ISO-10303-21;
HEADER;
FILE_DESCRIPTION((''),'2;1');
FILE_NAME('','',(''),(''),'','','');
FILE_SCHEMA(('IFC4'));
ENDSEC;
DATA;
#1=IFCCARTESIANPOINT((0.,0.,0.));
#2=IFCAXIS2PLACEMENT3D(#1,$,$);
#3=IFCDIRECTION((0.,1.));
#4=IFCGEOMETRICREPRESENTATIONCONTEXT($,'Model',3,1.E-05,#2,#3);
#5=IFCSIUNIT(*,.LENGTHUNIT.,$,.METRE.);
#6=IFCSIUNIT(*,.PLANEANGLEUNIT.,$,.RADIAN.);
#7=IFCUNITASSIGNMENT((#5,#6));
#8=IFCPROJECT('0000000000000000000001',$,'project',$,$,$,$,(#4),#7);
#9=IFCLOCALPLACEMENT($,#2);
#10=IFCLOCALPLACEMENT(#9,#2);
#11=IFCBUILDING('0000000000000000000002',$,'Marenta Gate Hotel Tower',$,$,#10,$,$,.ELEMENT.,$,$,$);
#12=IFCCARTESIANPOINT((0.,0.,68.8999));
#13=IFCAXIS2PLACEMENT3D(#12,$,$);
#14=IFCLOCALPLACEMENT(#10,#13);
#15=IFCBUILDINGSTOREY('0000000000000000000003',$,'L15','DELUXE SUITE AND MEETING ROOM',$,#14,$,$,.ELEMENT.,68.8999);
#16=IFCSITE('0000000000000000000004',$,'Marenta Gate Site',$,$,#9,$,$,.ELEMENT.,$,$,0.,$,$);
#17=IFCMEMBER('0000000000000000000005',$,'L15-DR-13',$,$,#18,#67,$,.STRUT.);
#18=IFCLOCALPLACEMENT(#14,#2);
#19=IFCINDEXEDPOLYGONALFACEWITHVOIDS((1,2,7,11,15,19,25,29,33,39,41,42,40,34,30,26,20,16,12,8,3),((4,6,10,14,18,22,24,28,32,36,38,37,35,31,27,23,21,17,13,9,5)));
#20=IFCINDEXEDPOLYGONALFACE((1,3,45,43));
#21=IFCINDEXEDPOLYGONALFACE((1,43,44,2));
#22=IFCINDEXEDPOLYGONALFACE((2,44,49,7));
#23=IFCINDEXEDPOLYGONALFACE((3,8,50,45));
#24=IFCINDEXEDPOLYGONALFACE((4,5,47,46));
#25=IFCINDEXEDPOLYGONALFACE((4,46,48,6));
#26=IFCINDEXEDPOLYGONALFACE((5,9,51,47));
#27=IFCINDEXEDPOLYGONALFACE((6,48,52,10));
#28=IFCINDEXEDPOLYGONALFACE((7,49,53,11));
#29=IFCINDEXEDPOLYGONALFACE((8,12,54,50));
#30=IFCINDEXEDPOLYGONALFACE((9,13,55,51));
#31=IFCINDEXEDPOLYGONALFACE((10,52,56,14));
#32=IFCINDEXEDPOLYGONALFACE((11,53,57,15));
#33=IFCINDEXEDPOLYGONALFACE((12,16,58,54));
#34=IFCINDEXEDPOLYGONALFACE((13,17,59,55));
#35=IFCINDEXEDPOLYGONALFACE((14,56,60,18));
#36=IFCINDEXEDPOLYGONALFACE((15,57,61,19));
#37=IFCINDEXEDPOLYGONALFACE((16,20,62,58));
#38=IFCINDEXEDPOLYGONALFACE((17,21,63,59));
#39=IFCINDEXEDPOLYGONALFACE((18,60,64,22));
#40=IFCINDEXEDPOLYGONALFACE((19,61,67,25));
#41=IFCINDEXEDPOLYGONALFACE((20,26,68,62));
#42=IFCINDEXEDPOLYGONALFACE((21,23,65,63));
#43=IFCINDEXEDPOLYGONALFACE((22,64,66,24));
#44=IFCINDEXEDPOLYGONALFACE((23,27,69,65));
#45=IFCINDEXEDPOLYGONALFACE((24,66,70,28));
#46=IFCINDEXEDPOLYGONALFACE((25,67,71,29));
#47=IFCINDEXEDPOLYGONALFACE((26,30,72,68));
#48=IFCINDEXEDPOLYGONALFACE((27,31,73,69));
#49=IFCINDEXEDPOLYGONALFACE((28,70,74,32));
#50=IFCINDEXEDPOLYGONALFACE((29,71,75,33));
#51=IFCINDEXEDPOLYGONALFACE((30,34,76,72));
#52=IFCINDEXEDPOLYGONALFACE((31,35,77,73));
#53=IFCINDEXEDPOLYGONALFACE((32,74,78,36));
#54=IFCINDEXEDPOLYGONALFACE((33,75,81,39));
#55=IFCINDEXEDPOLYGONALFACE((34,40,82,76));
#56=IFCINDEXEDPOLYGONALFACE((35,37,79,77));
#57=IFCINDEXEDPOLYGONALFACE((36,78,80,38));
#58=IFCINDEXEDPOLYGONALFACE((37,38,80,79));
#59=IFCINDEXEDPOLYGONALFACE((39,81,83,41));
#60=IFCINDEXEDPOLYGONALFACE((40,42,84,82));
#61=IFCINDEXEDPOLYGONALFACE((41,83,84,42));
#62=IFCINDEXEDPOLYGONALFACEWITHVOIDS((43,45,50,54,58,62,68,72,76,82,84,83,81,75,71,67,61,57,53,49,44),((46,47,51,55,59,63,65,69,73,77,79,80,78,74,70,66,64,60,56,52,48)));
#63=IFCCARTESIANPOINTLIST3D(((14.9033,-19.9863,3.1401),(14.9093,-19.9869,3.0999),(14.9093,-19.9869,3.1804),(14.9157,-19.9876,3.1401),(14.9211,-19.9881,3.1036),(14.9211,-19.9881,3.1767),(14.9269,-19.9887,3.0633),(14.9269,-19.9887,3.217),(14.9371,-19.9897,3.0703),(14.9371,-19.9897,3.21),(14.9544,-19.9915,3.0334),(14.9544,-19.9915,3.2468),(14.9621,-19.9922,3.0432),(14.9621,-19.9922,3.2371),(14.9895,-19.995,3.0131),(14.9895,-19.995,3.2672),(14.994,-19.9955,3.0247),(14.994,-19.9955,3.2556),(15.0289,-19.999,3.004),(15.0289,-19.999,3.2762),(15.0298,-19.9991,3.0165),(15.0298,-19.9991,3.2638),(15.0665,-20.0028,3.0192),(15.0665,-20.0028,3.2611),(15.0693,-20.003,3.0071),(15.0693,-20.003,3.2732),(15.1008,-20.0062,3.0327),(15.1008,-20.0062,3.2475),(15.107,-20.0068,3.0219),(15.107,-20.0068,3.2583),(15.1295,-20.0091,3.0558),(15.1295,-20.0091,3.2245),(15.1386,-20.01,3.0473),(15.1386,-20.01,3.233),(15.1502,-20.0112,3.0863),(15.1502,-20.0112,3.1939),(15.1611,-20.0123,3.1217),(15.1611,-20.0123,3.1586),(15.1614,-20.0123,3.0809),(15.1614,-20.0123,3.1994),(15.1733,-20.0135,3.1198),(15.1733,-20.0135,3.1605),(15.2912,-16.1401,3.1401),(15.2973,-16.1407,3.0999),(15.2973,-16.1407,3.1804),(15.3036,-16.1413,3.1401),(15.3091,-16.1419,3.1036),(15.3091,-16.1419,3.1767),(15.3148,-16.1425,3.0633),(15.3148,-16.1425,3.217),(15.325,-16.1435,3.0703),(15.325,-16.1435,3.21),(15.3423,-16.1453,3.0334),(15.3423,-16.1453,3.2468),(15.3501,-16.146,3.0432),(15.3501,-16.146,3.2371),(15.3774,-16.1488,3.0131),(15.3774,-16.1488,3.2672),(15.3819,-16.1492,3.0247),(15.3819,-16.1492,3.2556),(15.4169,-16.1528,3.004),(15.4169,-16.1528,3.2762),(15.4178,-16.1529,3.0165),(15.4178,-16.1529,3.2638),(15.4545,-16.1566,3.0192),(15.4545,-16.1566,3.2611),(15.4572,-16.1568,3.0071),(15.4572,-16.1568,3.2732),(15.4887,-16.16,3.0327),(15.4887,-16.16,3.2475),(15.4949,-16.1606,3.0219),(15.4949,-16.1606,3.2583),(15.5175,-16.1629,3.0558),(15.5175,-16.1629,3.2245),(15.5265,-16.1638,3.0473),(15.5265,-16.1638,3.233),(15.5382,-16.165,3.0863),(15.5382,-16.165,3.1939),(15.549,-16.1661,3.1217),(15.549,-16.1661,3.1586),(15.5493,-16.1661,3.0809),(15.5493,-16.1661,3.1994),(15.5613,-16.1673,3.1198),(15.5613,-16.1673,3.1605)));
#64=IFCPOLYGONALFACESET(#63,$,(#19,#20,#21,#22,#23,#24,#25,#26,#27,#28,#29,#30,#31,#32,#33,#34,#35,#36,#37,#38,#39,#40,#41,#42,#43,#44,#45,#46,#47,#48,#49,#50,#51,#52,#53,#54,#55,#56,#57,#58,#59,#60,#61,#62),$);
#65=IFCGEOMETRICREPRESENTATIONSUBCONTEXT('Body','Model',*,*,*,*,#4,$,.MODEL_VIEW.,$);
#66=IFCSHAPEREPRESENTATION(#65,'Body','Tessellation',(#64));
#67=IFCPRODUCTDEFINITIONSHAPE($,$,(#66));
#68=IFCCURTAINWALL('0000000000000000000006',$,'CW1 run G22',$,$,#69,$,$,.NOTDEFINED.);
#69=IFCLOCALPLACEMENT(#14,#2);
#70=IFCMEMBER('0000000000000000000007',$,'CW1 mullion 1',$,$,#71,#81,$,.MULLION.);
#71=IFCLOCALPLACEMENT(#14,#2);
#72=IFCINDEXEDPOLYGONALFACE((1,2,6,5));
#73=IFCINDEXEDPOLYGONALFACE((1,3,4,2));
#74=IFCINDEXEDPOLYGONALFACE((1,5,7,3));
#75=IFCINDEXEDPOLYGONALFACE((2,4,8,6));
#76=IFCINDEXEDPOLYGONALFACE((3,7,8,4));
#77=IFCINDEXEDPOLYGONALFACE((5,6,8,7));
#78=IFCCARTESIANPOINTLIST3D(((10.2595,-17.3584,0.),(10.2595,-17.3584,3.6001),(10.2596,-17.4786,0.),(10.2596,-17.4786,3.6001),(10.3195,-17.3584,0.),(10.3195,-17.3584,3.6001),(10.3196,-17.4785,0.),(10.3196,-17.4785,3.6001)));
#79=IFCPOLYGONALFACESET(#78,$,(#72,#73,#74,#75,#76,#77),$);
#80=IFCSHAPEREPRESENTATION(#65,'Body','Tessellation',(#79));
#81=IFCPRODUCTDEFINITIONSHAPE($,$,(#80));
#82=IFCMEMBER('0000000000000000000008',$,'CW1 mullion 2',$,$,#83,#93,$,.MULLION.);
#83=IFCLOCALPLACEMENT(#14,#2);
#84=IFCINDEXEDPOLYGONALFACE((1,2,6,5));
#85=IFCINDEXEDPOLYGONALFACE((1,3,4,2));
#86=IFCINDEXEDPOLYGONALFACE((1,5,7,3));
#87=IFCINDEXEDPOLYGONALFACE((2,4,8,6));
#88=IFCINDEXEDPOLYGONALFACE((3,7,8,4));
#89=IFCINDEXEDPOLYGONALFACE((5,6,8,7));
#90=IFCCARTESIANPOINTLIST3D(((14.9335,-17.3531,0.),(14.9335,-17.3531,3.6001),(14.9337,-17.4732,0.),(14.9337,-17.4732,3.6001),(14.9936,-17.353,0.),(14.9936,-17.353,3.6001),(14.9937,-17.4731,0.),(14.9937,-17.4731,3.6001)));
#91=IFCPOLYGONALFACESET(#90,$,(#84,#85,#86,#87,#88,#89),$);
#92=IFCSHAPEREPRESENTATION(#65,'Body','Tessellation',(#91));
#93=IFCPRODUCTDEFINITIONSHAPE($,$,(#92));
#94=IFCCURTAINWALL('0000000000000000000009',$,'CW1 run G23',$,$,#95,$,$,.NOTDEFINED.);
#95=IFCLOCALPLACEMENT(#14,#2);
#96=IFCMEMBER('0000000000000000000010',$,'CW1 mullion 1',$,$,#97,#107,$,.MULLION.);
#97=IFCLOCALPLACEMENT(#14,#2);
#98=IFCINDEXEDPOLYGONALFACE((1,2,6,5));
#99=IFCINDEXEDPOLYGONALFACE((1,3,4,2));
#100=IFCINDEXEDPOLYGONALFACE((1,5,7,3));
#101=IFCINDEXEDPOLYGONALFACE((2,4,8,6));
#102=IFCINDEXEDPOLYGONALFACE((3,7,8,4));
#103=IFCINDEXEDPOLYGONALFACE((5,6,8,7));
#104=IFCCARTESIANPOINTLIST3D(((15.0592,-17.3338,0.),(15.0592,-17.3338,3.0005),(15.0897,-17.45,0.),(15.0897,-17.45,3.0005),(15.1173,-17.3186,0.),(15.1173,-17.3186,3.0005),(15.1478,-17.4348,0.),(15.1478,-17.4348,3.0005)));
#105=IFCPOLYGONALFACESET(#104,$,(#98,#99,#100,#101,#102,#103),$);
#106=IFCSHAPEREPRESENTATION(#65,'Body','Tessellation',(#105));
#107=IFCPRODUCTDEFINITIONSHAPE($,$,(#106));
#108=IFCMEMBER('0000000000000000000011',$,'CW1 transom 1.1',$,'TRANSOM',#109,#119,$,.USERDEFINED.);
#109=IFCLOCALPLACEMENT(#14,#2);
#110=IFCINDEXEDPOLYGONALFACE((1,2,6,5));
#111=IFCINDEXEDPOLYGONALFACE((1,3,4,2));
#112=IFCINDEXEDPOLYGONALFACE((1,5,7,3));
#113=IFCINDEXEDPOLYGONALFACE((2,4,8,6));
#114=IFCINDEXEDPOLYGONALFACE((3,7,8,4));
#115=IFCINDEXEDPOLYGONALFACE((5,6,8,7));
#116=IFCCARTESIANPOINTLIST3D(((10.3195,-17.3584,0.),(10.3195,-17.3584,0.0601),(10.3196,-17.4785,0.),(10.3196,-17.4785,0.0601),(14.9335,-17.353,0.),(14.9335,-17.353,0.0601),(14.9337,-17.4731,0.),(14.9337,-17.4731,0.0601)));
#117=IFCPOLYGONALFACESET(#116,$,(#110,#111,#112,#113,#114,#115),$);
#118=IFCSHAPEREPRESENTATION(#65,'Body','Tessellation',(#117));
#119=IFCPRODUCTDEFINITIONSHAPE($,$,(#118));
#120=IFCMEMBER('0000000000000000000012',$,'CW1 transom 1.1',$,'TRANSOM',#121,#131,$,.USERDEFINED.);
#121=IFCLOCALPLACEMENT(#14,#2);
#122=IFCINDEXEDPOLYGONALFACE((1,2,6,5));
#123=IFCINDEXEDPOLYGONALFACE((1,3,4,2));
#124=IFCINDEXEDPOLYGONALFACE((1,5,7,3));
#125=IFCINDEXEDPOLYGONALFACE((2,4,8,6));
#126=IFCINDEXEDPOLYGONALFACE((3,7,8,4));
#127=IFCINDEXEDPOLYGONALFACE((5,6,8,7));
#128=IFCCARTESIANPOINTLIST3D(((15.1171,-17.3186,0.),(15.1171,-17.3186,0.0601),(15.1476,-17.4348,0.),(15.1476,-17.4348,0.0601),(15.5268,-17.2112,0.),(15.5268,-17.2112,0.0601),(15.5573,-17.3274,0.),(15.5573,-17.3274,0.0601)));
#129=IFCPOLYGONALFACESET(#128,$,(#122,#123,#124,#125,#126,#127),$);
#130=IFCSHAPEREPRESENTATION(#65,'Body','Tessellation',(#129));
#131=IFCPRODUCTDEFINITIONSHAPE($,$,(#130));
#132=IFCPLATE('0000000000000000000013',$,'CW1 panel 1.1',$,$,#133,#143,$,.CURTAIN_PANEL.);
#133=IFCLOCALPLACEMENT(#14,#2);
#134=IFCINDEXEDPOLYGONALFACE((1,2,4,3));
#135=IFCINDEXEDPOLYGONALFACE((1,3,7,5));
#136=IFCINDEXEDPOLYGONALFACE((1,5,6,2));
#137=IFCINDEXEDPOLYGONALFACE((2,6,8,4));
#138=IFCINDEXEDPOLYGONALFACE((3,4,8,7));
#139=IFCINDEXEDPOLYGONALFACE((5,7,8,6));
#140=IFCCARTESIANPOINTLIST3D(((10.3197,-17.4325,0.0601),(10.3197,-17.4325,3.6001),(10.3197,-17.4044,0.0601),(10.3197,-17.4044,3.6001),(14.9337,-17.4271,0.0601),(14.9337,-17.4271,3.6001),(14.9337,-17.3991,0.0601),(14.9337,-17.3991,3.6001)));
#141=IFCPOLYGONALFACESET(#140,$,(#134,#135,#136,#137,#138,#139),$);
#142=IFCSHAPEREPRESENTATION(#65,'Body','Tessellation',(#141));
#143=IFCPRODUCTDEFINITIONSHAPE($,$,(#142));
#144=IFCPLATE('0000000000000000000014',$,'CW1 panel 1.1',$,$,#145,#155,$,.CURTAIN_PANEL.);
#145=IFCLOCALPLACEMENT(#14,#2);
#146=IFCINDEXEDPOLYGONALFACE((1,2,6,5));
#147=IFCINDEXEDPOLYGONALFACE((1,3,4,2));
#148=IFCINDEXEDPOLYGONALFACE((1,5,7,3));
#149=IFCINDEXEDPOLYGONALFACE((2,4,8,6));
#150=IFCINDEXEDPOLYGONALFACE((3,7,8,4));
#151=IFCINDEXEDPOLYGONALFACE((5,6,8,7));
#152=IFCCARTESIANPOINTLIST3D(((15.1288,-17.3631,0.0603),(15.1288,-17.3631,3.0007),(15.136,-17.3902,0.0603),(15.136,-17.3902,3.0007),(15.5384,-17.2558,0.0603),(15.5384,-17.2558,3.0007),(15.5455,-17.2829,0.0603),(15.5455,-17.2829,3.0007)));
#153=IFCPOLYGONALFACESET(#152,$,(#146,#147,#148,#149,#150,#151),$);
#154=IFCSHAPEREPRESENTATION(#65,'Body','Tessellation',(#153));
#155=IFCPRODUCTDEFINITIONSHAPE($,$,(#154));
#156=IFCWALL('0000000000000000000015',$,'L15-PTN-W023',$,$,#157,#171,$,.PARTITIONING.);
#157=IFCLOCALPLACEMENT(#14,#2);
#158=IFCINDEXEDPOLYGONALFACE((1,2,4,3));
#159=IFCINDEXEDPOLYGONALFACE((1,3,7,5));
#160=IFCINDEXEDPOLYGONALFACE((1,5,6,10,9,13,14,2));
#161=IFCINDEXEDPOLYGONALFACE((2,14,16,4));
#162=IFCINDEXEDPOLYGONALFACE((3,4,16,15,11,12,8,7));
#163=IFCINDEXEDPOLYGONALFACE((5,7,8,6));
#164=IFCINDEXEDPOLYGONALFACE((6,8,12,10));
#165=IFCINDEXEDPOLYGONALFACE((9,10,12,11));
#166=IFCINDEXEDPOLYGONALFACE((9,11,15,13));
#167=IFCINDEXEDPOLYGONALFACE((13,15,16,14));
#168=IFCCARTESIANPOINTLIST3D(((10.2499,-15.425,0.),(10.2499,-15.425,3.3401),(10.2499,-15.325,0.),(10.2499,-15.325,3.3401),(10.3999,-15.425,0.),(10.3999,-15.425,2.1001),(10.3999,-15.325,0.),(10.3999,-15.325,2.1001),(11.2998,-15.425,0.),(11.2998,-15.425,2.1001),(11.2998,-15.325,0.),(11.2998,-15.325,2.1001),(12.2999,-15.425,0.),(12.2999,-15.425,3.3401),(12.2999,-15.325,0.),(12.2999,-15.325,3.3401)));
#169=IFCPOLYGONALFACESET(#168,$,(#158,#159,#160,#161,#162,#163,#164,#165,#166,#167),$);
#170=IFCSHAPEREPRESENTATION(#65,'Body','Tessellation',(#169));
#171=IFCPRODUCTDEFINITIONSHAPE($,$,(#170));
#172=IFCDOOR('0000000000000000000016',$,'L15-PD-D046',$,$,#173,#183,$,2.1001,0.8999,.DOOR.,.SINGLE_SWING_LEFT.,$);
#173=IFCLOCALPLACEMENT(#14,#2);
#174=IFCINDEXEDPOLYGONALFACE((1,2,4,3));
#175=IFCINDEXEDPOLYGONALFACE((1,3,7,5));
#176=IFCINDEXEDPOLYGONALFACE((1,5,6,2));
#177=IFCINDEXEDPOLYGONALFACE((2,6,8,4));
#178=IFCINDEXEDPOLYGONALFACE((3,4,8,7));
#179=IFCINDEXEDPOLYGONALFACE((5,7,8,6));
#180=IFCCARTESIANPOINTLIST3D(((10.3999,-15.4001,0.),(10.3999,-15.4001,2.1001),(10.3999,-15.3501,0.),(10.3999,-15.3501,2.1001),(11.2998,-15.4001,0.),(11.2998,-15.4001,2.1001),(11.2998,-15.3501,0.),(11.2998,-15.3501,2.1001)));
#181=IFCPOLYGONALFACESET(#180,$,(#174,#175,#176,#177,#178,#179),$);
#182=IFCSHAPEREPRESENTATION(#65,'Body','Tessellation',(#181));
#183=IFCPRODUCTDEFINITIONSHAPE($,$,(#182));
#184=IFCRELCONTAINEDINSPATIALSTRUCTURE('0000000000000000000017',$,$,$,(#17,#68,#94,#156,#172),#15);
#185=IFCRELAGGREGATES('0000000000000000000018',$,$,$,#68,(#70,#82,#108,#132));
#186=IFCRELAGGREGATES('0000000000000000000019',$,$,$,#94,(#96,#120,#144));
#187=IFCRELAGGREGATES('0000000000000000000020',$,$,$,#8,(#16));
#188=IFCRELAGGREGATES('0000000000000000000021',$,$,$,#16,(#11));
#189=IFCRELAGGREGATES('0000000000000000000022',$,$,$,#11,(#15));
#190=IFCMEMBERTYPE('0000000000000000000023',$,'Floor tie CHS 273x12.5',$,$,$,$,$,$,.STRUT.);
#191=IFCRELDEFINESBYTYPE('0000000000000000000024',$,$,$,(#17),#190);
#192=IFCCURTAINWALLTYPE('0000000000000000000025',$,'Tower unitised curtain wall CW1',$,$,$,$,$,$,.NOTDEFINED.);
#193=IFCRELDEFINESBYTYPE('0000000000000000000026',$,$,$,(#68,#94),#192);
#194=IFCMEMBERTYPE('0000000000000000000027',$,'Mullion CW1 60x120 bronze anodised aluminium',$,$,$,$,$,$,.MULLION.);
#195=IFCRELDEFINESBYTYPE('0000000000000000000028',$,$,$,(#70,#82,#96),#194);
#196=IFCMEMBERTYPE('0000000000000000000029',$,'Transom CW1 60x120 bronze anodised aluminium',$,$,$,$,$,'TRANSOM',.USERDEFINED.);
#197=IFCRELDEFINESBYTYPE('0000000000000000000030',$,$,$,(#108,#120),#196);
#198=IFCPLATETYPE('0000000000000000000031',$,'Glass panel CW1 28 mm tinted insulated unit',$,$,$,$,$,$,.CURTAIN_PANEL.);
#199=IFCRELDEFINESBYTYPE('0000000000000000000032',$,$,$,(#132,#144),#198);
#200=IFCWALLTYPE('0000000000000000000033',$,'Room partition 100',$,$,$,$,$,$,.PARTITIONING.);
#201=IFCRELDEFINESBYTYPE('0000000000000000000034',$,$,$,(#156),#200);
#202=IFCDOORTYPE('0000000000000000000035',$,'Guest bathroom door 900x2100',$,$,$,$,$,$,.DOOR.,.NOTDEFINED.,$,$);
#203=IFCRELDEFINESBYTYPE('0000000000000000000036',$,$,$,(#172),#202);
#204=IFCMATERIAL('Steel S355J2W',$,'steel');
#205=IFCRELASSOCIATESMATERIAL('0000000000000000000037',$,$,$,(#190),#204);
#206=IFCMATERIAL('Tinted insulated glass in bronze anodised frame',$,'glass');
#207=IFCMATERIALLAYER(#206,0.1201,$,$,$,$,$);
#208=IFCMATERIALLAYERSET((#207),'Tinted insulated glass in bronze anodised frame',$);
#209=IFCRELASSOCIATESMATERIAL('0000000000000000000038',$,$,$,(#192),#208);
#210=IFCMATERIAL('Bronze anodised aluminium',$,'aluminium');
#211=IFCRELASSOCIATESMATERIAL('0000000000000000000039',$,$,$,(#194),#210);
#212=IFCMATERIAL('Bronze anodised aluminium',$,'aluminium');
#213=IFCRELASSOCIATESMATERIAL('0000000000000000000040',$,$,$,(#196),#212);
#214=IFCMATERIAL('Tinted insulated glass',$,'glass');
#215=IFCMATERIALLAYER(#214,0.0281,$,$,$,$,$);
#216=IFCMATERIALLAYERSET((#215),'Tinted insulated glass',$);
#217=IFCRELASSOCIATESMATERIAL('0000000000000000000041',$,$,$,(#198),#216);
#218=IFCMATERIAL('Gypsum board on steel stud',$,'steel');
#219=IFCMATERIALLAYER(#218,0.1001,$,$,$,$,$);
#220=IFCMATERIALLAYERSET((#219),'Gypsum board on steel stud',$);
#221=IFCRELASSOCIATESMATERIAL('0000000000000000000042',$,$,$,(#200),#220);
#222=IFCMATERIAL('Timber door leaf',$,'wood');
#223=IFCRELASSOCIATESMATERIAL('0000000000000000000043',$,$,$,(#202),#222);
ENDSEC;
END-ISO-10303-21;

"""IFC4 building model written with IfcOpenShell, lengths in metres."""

from ifc_helpers import new_model, si_unit, direction, frame, frame_2d, origin, origin_2d, place, context, subcontext, project, spatial, rectangle, hollow_circle, extrude, material, layer, layer_set, material_profile, profile_set, type_object, element, fill, aggregate, save


model = new_model("IFC4")

# Units and contexts
model_context = context("Model", 3, precision=1e-05, world=origin(), true_north=direction((0.0, 1.0)))
body_context = subcontext(model_context, "Body", "Model", "MODEL_VIEW")
ifc_project = project(units=[si_unit("LENGTHUNIT", "METRE"), si_unit("PLANEANGLEUNIT", "RADIAN")], contexts=[model_context])

# Site, building, storey
site_placement = place(None, origin())
site = spatial("IfcSite", under=ifc_project, at=site_placement, Name="Marenta Gate Site", CompositionType="ELEMENT", RefElevation=0.0)
building_placement = place(site_placement, origin())
building = spatial("IfcBuilding", under=site, at=building_placement, Name="Marenta Gate Hotel Tower", CompositionType="ELEMENT")
storey_placement = place(building_placement, frame((0.0, 0.0, 68.8999)))
storey = spatial("IfcBuildingStorey", under=building, at=storey_placement, Name="L15", Description="DELUXE SUITE AND MEETING ROOM", CompositionType="ELEMENT", Elevation=68.8999)

# Member
ifc_material_1 = material(Name="Steel S355J2W", Category="steel")
ifc_material_profile_1 = material_profile(ifc_material_1, hollow_circle(Radius=0.1365, WallThickness=0.0125, at=origin_2d()), Name="CHS 273x12.5")
ifc_profile_set_1 = profile_set([ifc_material_profile_1], Name="Steel S355J2W")
member_type_1 = type_object("IfcMemberType", Name="Floor tie CHS 273x12.5", PredefinedType="STRUT", material=ifc_profile_set_1)
member_1_placement = place(storey_placement, frame((15.0391, -20.0, 3.1401), z_axis=(0.100354, 0.994952, 0.0), x_axis=(-0.994952, 0.100354, 0.0)))
element("IfcMember", 1, at=member_1_placement, inside=storey, type_object=member_type_1, Name="L15-DR-13", PredefinedType="STRUT", context=body_context, shape_type="SweptSolid", body=[
    extrude(hollow_circle(Radius=0.1365, WallThickness=0.0125, at=origin_2d()), origin(), (0.0, 0.0, 1.0), 3.8657),
])

# Curtain wall, members
ifc_material_2 = material(Name="Tinted insulated glass in bronze anodised frame", Category="glass")
ifc_layer_1 = layer(ifc_material_2, 0.1201)
ifc_layer_set_1 = layer_set([ifc_layer_1], Name="Tinted insulated glass in bronze anodised frame")
curtain_wall_type = type_object("IfcCurtainWallType", Name="Tower unitised curtain wall CW1", PredefinedType="NOTDEFINED", material=ifc_layer_set_1)
curtain_wall_1_placement = place(storey_placement, origin())
curtain_wall_1 = element("IfcCurtainWall", 2, at=curtain_wall_1_placement, inside=storey, type_object=curtain_wall_type, Name="CW1 run G22", PredefinedType="NOTDEFINED")
ifc_material_3 = material(Name="Bronze anodised aluminium", Category="aluminium")
ifc_material_profile_2 = material_profile(ifc_material_3, rectangle(XDim=0.1201, YDim=0.0601, at=origin_2d()), Name="Mullion CW1 60x120 bronze anodised aluminium")
ifc_profile_set_2 = profile_set([ifc_material_profile_2], Name="Bronze anodised aluminium")
member_type_2 = type_object("IfcMemberType", Name="Mullion CW1 60x120 bronze anodised aluminium", PredefinedType="MULLION", material=ifc_profile_set_2)
member_2_placement = place(storey_placement, frame((10.2896, -17.4185, 0.0), z_axis=(0.0, 0.0, 1.0), x_axis=(-0.001162, 0.999999, 0.0)))
member_2 = element("IfcMember", 3, at=member_2_placement, type_object=member_type_2, Name="CW1 mullion 1", PredefinedType="MULLION", context=body_context, shape_type="SweptSolid", body=[
    extrude(rectangle(XDim=0.1201, YDim=0.0601, at=origin_2d()), origin(), (0.0, 0.0, 1.0), 3.6001),
])
member_3_placement = place(storey_placement, frame((14.9636, -17.4131, 0.0), z_axis=(0.0, 0.0, 1.0), x_axis=(-0.001162, 0.999999, 0.0)))
member_3 = element("IfcMember", 4, at=member_3_placement, type_object=member_type_2, Name="CW1 mullion 2", PredefinedType="MULLION", context=body_context, shape_type="SweptSolid", body=[
    extrude(rectangle(XDim=0.1201, YDim=0.0601, at=origin_2d()), origin(), (0.0, 0.0, 1.0), 3.6001),
])

# Curtain wall, member
curtain_wall_2_placement = place(storey_placement, origin())
curtain_wall_2 = element("IfcCurtainWall", 5, at=curtain_wall_2_placement, inside=storey, type_object=curtain_wall_type, Name="CW1 run G23", PredefinedType="NOTDEFINED")
member_4_placement = place(storey_placement, frame((15.1035, -17.3843, 0.0), z_axis=(0.0, 0.0, 1.0), x_axis=(-0.253424, 0.967355, 0.0)))
member_4 = element("IfcMember", 6, at=member_4_placement, type_object=member_type_2, Name="CW1 mullion 1", PredefinedType="MULLION", context=body_context, shape_type="SweptSolid", body=[
    extrude(rectangle(XDim=0.1201, YDim=0.0601, at=origin_2d()), origin(), (0.0, 0.0, 1.0), 3.0005),
])

# Members
ifc_material_4 = material(Name="Bronze anodised aluminium", Category="aluminium")
ifc_material_profile_3 = material_profile(ifc_material_4, rectangle(XDim=0.1201, YDim=0.0601, at=origin_2d()), Name="Transom CW1 60x120 bronze anodised aluminium")
ifc_profile_set_3 = profile_set([ifc_material_profile_3], Name="Bronze anodised aluminium")
member_type_3 = type_object("IfcMemberType", Name="Transom CW1 60x120 bronze anodised aluminium", ElementType="TRANSOM", PredefinedType="USERDEFINED", material=ifc_profile_set_3)
member_5_placement = place(storey_placement, frame((10.3196, -17.4185, 0.03), z_axis=(0.999999, 0.001164, 0.0), x_axis=(-0.001164, 0.999999, 0.0)))
member_5 = element("IfcMember", 7, at=member_5_placement, type_object=member_type_3, Name="CW1 transom 1.1", ObjectType="TRANSOM", PredefinedType="USERDEFINED", context=body_context, shape_type="SweptSolid", body=[
    extrude(rectangle(XDim=0.1201, YDim=0.0601, at=origin_2d()), origin(), (0.0, 0.0, 1.0), 4.614),
])
member_6_placement = place(storey_placement, frame((15.1323, -17.3767, 0.03), z_axis=(0.967298, 0.253642, 0.0), x_axis=(-0.253642, 0.967298, 0.0)))
member_6 = element("IfcMember", 8, at=member_6_placement, type_object=member_type_3, Name="CW1 transom 1.1", ObjectType="TRANSOM", PredefinedType="USERDEFINED", context=body_context, shape_type="SweptSolid", body=[
    extrude(rectangle(XDim=0.1201, YDim=0.0601, at=origin_2d()), origin(), (0.0, 0.0, 1.0), 0.4236),
])

# Plates
ifc_material_5 = material(Name="Tinted insulated glass", Category="glass")
ifc_layer_2 = layer(ifc_material_5, 0.0281)
ifc_layer_set_2 = layer_set([ifc_layer_2], Name="Tinted insulated glass")
plate_type = type_object("IfcPlateType", Name="Glass panel CW1 28 mm tinted insulated unit", PredefinedType="CURTAIN_PANEL", material=ifc_layer_set_2)
plate_1_placement = place(storey_placement, frame((12.6267, -17.4158, 0.0601), z_axis=(0.0, 0.0, 1.0), x_axis=(0.999999, 0.001162, 0.0)))
plate_1 = element("IfcPlate", 9, at=plate_1_placement, type_object=plate_type, Name="CW1 panel 1.1", PredefinedType="CURTAIN_PANEL", context=body_context, shape_type="SweptSolid", body=[
    extrude(rectangle(XDim=4.614, YDim=0.0281, at=origin_2d()), origin(), (0.0, 0.0, 1.0), 3.54),
])
aggregate(curtain_wall_1, [member_2, member_3, member_5, plate_1])
plate_2_placement = place(storey_placement, frame((15.3372, -17.323, 0.0603), z_axis=(0.0, 0.0, 1.0), x_axis=(0.967355, 0.253424, 0.0)))
plate_2 = element("IfcPlate", 10, at=plate_2_placement, type_object=plate_type, Name="CW1 panel 1.1", PredefinedType="CURTAIN_PANEL", context=body_context, shape_type="SweptSolid", body=[
    extrude(rectangle(XDim=0.4233, YDim=0.0281, at=origin_2d()), origin(), (0.0, 0.0, 1.0), 2.9404),
])
aggregate(curtain_wall_2, [member_4, member_6, plate_2])

# Wall, opening, door
ifc_material_6 = material(Name="Gypsum board on steel stud", Category="steel")
ifc_layer_3 = layer(ifc_material_6, 0.1001)
ifc_layer_set_3 = layer_set([ifc_layer_3], Name="Gypsum board on steel stud")
wall_type_1 = type_object("IfcWallType", Name="Room partition 100", PredefinedType="PARTITIONING", material=ifc_layer_set_3)
wall_1_placement = place(storey_placement, frame((10.25, -15.375, 0.0), z_axis=(0.0, 0.0, 1.0), x_axis=(1.0, 0.0, 0.0)))
wall_1 = element("IfcWall", 11, at=wall_1_placement, inside=storey, type_object=wall_type_1, Name="L15-PTN-W023", PredefinedType="PARTITIONING", context=body_context, shape_type="SweptSolid", body=[
    extrude(rectangle(XDim=2.05, YDim=0.1001, at=frame_2d((1.0249, 0.0))), origin(), (0.0, 0.0, 1.0), 3.3401),
])
opening_1_placement = place(wall_1_placement, frame((0.1499, 0.0, 0.0)))
opening_1 = element("IfcOpeningElement", 12, at=opening_1_placement, cuts=wall_1, PredefinedType="OPENING", context=body_context, shape_type="SweptSolid", body=[
    extrude(rectangle(XDim=0.8999, YDim=2.1001, at=frame_2d((0.45, 1.05))), frame((0.0, 0.05, 0.0), z_axis=(0.0, -1.0, 0.0), x_axis=(1.0, 0.0, 0.0)), (0.0, 0.0, 1.0), 0.1001),
])
ifc_material_7 = material(Name="Timber door leaf", Category="wood")
door_type = type_object("IfcDoorType", Name="Guest bathroom door 900x2100", OperationType="NOTDEFINED", PredefinedType="DOOR", material=ifc_material_7)
door_1_placement = place(opening_1_placement, origin())
door_1 = element("IfcDoor", 13, at=door_1_placement, inside=storey, type_object=door_type, Name="L15-PD-D046", OperationType="SINGLE_SWING_LEFT", OverallHeight=2.1001, OverallWidth=0.8999, PredefinedType="DOOR", context=body_context, shape_type="SweptSolid", body=[
    extrude(rectangle(XDim=0.8999, YDim=2.1001, at=frame_2d((0.45, 1.05))), frame((0.0, 0.0249, 0.0), z_axis=(0.0, -1.0, 0.0), x_axis=(1.0, 0.0, 0.0)), (0.0, 0.0, 1.0), 0.05),
])
fill(opening_1, door_1)

save(model, "model.ifc")
